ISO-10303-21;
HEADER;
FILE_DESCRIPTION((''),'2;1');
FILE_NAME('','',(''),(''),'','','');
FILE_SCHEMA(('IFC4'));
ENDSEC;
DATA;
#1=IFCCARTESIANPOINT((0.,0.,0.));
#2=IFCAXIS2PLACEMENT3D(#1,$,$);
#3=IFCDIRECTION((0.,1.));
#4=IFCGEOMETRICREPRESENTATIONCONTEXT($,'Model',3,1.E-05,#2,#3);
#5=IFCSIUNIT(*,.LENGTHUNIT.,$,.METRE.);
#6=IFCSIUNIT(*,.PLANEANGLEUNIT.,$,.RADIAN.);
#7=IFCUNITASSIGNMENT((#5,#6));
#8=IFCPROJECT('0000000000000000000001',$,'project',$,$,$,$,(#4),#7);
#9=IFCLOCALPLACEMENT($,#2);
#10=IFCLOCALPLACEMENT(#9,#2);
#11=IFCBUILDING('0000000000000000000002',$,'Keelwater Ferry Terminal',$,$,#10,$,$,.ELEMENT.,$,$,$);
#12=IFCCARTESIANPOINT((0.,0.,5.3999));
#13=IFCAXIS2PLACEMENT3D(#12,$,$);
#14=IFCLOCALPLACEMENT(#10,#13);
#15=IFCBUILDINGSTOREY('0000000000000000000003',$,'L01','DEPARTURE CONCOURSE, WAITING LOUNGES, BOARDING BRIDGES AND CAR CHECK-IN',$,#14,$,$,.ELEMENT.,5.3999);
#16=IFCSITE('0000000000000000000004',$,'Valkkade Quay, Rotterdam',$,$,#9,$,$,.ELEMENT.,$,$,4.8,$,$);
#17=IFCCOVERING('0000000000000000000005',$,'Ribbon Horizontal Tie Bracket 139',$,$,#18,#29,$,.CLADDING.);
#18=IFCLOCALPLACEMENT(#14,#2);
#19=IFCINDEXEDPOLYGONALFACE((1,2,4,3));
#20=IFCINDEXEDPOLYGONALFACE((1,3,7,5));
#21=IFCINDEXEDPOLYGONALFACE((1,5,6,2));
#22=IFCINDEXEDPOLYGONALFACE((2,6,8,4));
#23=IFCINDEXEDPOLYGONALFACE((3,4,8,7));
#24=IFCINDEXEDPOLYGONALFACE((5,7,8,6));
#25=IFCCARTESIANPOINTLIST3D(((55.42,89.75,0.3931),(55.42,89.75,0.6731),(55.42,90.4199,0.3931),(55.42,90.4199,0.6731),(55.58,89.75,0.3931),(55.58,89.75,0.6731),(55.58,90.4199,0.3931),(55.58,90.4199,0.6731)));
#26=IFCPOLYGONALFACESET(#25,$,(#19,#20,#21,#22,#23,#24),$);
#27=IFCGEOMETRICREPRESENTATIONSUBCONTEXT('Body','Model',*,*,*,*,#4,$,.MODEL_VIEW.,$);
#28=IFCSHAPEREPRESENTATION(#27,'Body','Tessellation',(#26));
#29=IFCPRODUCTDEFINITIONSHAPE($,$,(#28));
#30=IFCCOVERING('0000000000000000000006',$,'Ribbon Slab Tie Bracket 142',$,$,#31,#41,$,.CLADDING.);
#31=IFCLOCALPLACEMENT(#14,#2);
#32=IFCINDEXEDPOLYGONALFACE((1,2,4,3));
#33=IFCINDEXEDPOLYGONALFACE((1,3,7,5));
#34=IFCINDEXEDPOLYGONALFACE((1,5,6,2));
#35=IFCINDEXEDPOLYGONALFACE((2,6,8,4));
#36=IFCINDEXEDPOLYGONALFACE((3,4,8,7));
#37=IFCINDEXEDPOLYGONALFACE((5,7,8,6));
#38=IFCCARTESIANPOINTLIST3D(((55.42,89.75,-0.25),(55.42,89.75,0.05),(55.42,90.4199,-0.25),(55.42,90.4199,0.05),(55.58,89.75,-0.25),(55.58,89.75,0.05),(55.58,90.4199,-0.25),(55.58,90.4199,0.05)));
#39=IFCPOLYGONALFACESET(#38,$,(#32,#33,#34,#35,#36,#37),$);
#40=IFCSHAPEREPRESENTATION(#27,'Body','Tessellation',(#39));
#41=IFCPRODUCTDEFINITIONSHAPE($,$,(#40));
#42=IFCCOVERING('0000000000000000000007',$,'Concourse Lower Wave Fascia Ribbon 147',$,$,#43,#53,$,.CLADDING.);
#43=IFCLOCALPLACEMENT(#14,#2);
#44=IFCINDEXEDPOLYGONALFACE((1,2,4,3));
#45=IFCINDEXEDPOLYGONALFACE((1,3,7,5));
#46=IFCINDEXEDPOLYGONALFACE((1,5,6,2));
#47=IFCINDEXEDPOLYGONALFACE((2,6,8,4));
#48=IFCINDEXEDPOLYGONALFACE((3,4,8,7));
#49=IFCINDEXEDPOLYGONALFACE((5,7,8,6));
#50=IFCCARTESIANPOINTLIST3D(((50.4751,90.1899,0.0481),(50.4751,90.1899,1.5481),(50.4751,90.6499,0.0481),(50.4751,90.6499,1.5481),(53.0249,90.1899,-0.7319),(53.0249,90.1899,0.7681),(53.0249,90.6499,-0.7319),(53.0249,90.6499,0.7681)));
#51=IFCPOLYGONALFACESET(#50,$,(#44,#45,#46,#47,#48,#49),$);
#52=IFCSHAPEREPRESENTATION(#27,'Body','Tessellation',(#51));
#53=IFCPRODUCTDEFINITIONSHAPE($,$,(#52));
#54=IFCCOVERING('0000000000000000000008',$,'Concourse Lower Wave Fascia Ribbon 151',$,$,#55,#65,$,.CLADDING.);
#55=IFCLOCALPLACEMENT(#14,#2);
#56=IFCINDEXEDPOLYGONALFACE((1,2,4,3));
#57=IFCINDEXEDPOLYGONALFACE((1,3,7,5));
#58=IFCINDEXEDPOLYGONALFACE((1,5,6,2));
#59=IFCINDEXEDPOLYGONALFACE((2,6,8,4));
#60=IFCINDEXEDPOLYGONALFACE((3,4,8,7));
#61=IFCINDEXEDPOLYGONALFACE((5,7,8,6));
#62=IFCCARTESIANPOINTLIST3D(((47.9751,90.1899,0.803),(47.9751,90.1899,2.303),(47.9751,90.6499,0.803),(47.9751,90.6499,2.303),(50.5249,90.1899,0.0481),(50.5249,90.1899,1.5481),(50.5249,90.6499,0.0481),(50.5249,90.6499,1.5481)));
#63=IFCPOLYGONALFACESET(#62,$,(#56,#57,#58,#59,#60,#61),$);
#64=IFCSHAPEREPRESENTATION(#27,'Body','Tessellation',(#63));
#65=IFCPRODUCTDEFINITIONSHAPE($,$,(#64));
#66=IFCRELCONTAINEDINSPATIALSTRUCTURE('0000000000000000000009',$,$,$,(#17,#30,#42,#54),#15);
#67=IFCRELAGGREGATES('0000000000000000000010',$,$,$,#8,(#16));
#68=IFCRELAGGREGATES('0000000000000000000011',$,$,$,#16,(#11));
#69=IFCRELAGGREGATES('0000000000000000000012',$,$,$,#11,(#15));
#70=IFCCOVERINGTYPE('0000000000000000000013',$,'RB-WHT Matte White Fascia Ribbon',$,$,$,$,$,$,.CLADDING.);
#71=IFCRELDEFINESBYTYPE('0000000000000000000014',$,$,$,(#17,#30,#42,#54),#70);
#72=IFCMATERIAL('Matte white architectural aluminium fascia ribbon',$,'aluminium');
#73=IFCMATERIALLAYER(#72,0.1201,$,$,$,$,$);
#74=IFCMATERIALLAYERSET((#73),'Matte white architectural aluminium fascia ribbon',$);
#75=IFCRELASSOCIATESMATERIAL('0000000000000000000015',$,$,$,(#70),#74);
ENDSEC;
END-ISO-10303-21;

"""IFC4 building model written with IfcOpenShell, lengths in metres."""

from ifc_helpers import new_model, si_unit, direction, frame, frame_2d, origin, place, context, subcontext, project, spatial, polyline, rectangle, outline, extrude, material, layer, layer_set, type_object, element, save


model = new_model("IFC4")

# Units and contexts
model_context = context("Model", 3, precision=1e-05, world=origin(), true_north=direction((0.0, 1.0)))
body_context = subcontext(model_context, "Body", "Model", "MODEL_VIEW")
ifc_project = project(units=[si_unit("LENGTHUNIT", "METRE"), si_unit("PLANEANGLEUNIT", "RADIAN")], contexts=[model_context])

# Site, building, storey
site_placement = place(None, origin())
site = spatial("IfcSite", under=ifc_project, at=site_placement, Name="Valkkade Quay, Rotterdam", CompositionType="ELEMENT", RefElevation=4.8)
building_placement = place(site_placement, origin())
building = spatial("IfcBuilding", under=site, at=building_placement, Name="Keelwater Ferry Terminal", CompositionType="ELEMENT")
storey_placement = place(building_placement, frame((0.0, 0.0, 5.3999)))
storey = spatial("IfcBuildingStorey", under=building, at=storey_placement, Name="L01", Description="DEPARTURE CONCOURSE, WAITING LOUNGES, BOARDING BRIDGES AND CAR CHECK-IN", CompositionType="ELEMENT", Elevation=5.3999)

# Coverings
ifc_material_1 = material(Name="Matte white architectural aluminium fascia ribbon", Category="aluminium")
ifc_layer_1 = layer(ifc_material_1, 0.1201)
ifc_layer_set_1 = layer_set([ifc_layer_1], Name="Matte white architectural aluminium fascia ribbon")
covering_type = type_object("IfcCoveringType", Name="RB-WHT Matte White Fascia Ribbon", PredefinedType="CLADDING", material=ifc_layer_set_1)
covering_1_placement = place(storey_placement, frame((55.5, 90.4199, 0.3931), z_axis=(0.0, 0.0, 1.0), x_axis=(0.0, -1.0, 0.0)))
element("IfcCovering", 1, at=covering_1_placement, inside=storey, type_object=covering_type, Name="Ribbon Horizontal Tie Bracket 139", PredefinedType="CLADDING", context=body_context, shape_type="SweptSolid", body=[
    extrude(rectangle(XDim=0.6699, YDim=0.1599, at=frame_2d((0.335, 0.0))), origin(), (0.0, 0.0, 1.0), 0.28),
])
covering_2_placement = place(storey_placement, frame((55.5, 90.4199, -0.25), z_axis=(0.0, 0.0, 1.0), x_axis=(0.0, -1.0, 0.0)))
element("IfcCovering", 2, at=covering_2_placement, inside=storey, type_object=covering_type, Name="Ribbon Slab Tie Bracket 142", PredefinedType="CLADDING", context=body_context, shape_type="SweptSolid", body=[
    extrude(rectangle(XDim=0.6699, YDim=0.1599, at=frame_2d((0.335, 0.0))), origin(), (0.0, 0.0, 1.0), 0.3),
])
covering_3_placement = place(storey_placement, frame((53.0249, 90.4199, -0.7319), z_axis=(0.0, 0.0, 1.0), x_axis=(-1.0, 0.0, 0.0)))
element("IfcCovering", 3, at=covering_3_placement, inside=storey, type_object=covering_type, Name="Concourse Lower Wave Fascia Ribbon 147", PredefinedType="CLADDING", context=body_context, shape_type="SweptSolid", body=[
    extrude(outline(polyline([(0.0, 0.0), (2.5498, 0.78), (2.5498, 2.28), (0.0, 1.5), (0.0, 0.0)])), frame((0.0, 0.23, 0.0), z_axis=(0.0, -1.0, 0.0), x_axis=(1.0, 0.0, 0.0)), (0.0, 0.0, 1.0), 0.46),
])
covering_4_placement = place(storey_placement, frame((50.5249, 90.4199, 0.0481), z_axis=(0.0, 0.0, 1.0), x_axis=(-1.0, 0.0, 0.0)))
element("IfcCovering", 4, at=covering_4_placement, inside=storey, type_object=covering_type, Name="Concourse Lower Wave Fascia Ribbon 151", PredefinedType="CLADDING", context=body_context, shape_type="SweptSolid", body=[
    extrude(outline(polyline([(0.0, 0.0), (2.5498, 0.7549), (2.5498, 2.2549), (0.0, 1.5), (0.0, 0.0)])), frame((0.0, 0.23, 0.0), z_axis=(0.0, -1.0, 0.0), x_axis=(1.0, 0.0, 0.0)), (0.0, 0.0, 1.0), 0.46),
])

save(model, "model.ifc")
